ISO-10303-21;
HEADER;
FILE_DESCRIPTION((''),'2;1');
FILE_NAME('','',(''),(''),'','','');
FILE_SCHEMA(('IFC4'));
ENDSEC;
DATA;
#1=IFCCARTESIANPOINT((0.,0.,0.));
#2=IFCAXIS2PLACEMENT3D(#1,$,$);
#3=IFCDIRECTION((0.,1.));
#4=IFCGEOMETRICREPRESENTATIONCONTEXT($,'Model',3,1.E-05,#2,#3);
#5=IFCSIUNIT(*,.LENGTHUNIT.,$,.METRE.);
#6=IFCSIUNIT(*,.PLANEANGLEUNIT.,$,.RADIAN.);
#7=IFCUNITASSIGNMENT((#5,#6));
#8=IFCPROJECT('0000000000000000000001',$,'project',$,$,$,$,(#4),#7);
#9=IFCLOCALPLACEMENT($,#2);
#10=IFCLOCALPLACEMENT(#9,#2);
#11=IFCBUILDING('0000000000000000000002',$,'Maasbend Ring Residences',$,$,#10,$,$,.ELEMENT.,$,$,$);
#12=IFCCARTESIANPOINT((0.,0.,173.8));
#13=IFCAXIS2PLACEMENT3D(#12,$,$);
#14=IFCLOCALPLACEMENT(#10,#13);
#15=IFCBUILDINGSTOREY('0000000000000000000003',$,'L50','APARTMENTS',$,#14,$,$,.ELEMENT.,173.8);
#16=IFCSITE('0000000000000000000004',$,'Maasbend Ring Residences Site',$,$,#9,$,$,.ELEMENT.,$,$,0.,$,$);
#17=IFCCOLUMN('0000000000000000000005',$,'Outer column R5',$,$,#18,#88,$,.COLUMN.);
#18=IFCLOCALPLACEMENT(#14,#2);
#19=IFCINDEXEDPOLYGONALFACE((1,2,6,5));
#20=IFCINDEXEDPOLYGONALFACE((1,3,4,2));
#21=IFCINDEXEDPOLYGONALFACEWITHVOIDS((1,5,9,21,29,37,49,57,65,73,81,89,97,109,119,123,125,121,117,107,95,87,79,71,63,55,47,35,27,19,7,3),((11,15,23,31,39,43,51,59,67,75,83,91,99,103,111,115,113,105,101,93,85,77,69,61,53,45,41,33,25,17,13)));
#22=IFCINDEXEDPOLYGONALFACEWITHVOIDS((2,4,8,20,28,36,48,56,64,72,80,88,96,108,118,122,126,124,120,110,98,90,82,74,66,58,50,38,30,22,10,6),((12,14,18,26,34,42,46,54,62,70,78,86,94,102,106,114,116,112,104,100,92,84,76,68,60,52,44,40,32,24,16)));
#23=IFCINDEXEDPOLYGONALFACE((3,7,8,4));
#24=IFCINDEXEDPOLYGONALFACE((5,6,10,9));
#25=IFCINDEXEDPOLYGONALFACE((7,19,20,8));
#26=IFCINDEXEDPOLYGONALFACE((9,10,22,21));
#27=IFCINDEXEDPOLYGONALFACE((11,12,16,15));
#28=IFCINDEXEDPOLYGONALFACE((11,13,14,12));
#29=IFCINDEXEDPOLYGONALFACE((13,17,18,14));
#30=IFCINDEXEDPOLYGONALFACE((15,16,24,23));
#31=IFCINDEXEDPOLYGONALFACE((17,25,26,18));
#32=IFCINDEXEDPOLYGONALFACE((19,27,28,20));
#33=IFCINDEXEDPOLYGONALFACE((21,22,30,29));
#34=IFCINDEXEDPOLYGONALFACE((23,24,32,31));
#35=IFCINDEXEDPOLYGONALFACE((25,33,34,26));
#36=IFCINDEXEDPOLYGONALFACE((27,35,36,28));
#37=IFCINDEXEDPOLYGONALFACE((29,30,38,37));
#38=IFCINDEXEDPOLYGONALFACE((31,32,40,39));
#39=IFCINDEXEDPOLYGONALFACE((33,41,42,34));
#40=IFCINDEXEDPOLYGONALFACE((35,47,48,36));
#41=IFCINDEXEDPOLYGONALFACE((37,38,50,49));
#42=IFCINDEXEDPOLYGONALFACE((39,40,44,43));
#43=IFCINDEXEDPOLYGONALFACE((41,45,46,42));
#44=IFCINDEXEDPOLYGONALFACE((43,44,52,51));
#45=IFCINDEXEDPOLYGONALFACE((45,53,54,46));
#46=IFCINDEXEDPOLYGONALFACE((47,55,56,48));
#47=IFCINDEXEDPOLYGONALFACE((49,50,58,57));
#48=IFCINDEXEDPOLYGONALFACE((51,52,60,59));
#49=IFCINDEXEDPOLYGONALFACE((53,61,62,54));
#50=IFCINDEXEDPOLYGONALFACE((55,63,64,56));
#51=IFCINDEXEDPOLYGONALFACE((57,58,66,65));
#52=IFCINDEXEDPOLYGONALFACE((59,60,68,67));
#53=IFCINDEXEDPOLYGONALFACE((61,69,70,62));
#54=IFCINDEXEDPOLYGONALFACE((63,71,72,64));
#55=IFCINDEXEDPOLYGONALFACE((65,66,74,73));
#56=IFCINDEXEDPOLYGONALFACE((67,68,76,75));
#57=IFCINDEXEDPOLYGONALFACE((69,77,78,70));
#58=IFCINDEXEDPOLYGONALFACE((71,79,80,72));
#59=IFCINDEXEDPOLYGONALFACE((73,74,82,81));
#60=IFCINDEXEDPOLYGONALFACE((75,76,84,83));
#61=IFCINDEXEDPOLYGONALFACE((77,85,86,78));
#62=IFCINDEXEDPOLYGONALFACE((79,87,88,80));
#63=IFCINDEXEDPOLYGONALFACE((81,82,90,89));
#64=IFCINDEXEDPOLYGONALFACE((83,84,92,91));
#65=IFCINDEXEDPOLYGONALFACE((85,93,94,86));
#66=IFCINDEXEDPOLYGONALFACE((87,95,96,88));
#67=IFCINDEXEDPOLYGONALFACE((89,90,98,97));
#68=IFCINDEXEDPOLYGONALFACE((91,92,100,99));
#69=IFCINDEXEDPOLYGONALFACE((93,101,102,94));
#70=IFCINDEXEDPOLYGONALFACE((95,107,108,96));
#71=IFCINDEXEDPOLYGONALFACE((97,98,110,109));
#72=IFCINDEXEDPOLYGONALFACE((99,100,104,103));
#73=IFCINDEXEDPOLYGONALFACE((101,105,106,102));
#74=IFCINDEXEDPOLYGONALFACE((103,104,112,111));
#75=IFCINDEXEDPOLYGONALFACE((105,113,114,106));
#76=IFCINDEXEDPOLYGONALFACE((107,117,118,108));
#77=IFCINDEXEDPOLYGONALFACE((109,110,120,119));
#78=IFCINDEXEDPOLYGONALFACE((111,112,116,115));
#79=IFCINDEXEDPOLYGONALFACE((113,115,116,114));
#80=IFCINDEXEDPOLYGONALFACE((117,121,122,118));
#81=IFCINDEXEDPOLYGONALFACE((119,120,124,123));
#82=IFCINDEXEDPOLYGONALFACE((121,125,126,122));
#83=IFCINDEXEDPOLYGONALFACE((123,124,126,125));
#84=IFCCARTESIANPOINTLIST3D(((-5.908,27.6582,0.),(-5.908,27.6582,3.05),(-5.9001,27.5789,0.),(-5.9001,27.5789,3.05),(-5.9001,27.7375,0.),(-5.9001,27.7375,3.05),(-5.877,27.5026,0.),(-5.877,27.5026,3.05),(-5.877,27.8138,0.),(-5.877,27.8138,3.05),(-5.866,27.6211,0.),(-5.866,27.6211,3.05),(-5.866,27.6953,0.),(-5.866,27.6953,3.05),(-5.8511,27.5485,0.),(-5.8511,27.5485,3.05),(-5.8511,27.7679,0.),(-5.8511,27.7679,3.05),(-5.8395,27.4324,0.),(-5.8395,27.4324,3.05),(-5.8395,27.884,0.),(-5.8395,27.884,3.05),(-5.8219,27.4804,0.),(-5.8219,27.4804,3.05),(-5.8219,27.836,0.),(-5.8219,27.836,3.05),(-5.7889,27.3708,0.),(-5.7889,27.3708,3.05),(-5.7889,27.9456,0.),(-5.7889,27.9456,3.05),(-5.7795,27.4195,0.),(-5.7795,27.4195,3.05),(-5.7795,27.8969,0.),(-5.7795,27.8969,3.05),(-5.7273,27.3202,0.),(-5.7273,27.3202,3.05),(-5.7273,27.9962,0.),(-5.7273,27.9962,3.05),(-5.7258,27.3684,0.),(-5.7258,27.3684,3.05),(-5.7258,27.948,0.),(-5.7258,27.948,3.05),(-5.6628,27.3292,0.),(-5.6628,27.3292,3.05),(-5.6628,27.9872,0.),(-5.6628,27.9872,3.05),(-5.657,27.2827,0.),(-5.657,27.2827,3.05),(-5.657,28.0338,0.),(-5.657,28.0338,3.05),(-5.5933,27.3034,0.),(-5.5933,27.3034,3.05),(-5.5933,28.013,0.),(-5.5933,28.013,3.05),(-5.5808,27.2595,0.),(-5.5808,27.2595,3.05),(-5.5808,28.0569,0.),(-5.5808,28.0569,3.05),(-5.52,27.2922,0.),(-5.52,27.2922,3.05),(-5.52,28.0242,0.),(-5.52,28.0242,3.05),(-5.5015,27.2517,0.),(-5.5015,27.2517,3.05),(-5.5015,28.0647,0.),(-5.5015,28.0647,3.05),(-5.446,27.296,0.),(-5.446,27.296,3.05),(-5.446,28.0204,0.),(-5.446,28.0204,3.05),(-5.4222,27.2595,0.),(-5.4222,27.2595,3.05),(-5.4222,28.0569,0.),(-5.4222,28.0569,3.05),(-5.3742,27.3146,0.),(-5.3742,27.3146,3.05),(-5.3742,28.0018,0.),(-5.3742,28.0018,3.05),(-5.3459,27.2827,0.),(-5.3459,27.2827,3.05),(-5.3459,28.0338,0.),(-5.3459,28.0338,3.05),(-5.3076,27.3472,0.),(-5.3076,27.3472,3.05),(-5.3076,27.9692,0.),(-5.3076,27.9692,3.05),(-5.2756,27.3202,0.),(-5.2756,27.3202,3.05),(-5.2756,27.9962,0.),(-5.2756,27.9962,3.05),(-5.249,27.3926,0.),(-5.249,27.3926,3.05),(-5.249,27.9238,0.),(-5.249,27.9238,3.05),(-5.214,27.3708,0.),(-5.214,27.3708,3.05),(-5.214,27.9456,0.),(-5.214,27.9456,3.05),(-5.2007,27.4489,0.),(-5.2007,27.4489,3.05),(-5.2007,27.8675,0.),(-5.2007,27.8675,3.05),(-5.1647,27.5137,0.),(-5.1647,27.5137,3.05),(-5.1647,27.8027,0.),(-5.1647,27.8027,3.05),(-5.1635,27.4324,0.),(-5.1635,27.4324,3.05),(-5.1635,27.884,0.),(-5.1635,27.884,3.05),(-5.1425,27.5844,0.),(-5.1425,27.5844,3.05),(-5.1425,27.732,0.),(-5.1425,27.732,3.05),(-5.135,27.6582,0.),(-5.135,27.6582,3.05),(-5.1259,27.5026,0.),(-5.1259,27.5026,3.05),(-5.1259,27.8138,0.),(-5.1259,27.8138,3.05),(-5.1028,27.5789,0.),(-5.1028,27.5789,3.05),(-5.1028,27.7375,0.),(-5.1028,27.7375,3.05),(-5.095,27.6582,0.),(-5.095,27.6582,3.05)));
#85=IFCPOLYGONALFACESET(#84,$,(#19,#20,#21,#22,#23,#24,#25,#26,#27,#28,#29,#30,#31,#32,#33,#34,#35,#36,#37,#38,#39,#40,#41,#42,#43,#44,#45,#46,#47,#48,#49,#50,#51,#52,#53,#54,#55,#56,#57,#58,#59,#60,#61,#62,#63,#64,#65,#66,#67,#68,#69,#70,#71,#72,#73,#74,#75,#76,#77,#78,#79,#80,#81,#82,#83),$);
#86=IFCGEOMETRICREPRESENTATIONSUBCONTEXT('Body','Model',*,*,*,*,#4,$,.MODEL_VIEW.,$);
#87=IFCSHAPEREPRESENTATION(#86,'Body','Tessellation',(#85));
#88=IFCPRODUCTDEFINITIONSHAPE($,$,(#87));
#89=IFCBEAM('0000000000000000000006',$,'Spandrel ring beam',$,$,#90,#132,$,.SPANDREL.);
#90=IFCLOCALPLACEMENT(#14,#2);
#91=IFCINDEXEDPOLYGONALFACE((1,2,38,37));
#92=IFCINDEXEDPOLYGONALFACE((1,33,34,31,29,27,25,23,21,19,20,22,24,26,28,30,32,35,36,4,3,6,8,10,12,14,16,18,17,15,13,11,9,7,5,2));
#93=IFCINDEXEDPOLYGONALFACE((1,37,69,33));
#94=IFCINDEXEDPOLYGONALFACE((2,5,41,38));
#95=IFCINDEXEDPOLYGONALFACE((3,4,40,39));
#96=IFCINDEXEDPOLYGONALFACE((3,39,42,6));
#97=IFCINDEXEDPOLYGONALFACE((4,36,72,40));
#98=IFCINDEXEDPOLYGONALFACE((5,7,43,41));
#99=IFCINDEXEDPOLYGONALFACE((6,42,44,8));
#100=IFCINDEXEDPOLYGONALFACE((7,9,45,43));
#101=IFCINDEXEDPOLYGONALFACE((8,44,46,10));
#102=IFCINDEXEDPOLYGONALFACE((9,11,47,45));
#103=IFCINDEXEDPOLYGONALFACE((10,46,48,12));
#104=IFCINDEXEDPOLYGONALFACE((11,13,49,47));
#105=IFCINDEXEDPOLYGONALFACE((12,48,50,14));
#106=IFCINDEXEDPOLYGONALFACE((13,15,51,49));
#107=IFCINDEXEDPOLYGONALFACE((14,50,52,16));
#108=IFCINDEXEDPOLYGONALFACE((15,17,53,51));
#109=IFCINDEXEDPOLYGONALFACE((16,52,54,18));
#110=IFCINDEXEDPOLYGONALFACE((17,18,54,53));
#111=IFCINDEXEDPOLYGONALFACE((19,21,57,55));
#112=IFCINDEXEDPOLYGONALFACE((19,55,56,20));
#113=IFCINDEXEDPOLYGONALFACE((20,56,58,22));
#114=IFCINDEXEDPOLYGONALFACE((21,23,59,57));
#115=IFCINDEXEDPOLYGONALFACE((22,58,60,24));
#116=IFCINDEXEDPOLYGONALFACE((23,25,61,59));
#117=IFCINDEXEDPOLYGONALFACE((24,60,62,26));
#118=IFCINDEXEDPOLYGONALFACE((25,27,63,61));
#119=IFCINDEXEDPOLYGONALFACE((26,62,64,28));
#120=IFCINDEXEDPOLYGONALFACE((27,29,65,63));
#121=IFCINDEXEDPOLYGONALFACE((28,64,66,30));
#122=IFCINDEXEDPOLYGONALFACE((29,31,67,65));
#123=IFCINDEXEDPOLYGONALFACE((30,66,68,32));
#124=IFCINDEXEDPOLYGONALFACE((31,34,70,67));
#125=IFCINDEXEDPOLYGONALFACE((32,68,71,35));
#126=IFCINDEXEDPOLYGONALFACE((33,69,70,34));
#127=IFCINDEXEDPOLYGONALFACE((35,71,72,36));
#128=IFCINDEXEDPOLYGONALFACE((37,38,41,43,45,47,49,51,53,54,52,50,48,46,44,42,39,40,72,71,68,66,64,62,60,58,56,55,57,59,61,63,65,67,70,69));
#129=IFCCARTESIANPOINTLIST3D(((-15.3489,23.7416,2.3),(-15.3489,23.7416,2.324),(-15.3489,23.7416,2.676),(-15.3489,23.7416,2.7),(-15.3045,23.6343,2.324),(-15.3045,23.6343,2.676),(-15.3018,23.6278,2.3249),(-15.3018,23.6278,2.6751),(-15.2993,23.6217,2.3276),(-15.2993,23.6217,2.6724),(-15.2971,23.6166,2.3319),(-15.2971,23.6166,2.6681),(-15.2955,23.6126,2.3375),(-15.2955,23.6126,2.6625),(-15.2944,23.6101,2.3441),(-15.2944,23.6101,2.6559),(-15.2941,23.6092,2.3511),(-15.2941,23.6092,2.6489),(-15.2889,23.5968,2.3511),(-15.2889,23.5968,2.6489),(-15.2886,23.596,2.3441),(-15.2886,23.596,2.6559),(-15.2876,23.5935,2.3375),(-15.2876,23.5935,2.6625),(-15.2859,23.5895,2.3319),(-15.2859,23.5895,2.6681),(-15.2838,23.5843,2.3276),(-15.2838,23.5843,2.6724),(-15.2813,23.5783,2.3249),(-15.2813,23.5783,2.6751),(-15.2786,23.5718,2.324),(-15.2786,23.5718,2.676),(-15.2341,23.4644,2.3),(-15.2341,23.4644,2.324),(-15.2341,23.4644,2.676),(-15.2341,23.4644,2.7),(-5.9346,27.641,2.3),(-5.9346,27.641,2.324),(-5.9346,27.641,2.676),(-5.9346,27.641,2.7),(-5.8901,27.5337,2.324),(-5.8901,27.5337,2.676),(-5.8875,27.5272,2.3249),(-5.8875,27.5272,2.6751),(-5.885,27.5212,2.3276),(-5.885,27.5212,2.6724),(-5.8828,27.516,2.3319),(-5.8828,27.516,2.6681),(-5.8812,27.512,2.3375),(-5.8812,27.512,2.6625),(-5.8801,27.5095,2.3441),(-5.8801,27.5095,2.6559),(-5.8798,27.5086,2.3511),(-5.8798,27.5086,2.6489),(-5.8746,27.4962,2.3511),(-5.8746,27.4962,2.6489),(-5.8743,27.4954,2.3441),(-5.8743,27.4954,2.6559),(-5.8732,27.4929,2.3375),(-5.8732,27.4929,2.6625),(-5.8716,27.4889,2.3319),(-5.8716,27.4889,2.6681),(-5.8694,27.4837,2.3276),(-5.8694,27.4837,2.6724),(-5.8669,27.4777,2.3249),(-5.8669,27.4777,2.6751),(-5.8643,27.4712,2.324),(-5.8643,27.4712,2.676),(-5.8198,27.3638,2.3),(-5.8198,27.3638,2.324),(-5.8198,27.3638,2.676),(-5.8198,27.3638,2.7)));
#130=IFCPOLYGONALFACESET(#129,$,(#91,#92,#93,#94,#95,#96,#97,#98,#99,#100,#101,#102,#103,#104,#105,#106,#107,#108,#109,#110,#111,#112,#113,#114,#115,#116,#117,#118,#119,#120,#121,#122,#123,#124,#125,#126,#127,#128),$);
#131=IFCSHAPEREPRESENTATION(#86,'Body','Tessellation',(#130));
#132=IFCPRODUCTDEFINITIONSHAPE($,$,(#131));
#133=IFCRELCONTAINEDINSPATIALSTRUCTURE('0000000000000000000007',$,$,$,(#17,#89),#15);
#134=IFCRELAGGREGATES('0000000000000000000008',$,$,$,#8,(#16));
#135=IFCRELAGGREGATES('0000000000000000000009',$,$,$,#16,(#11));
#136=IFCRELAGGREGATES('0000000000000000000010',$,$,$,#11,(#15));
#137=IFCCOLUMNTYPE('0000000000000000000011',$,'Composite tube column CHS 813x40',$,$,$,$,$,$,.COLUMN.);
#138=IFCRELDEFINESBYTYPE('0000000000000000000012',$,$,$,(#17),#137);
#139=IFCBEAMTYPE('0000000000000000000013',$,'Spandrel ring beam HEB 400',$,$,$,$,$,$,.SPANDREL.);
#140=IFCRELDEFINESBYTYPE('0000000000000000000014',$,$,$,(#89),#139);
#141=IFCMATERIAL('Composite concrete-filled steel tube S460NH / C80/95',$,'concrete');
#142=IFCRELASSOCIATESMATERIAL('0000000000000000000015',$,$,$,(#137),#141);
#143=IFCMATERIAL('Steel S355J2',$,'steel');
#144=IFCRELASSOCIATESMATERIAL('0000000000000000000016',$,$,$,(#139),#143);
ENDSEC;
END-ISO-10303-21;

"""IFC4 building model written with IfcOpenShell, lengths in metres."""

from ifc_helpers import new_model, si_unit, direction, frame, origin, origin_2d, place, context, subcontext, project, spatial, hollow_circle, i_section, extrude, material, material_profile, profile_set, type_object, element, save


model = new_model("IFC4")

# Units and contexts
model_context = context("Model", 3, precision=1e-05, world=origin(), true_north=direction((0.0, 1.0)))
body_context = subcontext(model_context, "Body", "Model", "MODEL_VIEW")
ifc_project = project(units=[si_unit("LENGTHUNIT", "METRE"), si_unit("PLANEANGLEUNIT", "RADIAN")], contexts=[model_context])

# Site, building, storey
site_placement = place(None, origin())
site = spatial("IfcSite", under=ifc_project, at=site_placement, Name="Maasbend Ring Residences Site", CompositionType="ELEMENT", RefElevation=0.0)
building_placement = place(site_placement, origin())
building = spatial("IfcBuilding", under=site, at=building_placement, Name="Maasbend Ring Residences", CompositionType="ELEMENT")
storey_placement = place(building_placement, frame((0.0, 0.0, 173.8)))
storey = spatial("IfcBuildingStorey", under=building, at=storey_placement, Name="L50", Description="APARTMENTS", CompositionType="ELEMENT", Elevation=173.8)

# Column
ifc_material_1 = material(Name="Composite concrete-filled steel tube S460NH / C80/95", Category="concrete")
ifc_material_profile_1 = material_profile(ifc_material_1, hollow_circle(Radius=0.4065, WallThickness=0.04, at=origin_2d()), Name="Composite tube column CHS 813x40")
ifc_profile_set_1 = profile_set([ifc_material_profile_1], Name="Composite concrete-filled steel tube S460NH / C80/95")
column_type = type_object("IfcColumnType", Name="Composite tube column CHS 813x40", PredefinedType="COLUMN", material=ifc_profile_set_1)
column_placement = place(storey_placement, frame((-5.5015, 27.6582, 0.0), z_axis=(0.0, 0.0, 1.0), x_axis=(1.0, 0.0, 0.0)))
element("IfcColumn", 1, at=column_placement, inside=storey, type_object=column_type, Name="Outer column R5", PredefinedType="COLUMN", context=body_context, shape_type="SweptSolid", body=[
    extrude(hollow_circle(Radius=0.4065, WallThickness=0.04, at=origin_2d()), origin(), (0.0, 0.0, 1.0), 3.05),
])

# Beam
ifc_material_2 = material(Name="Steel S355J2", Category="steel")
ifc_material_profile_2 = material_profile(ifc_material_2, i_section(OverallWidth=0.3, OverallDepth=0.3999, WebThickness=0.0134, FlangeThickness=0.0239, FilletRadius=0.0271, at=origin_2d()), Name="HEB 400")
ifc_profile_set_2 = profile_set([ifc_material_profile_2], Name="Steel S355J2")
beam_type = type_object("IfcBeamType", Name="Spandrel ring beam HEB 400", PredefinedType="SPANDREL", material=ifc_profile_set_2)
beam_placement = place(storey_placement, frame((-5.8772, 27.5024, 2.5), z_axis=(-0.923884, -0.382673, 0.0), x_axis=(0.382673, -0.923884, 0.0)))
element("IfcBeam", 2, at=beam_placement, inside=storey, type_object=beam_type, Name="Spandrel ring beam", PredefinedType="SPANDREL", context=body_context, shape_type="SweptSolid", body=[
    extrude(i_section(OverallWidth=0.3, OverallDepth=0.3999, WebThickness=0.0134, FlangeThickness=0.0239, FilletRadius=0.0271, at=origin_2d()), origin(), (0.0, 0.0, 1.0), 10.1899),
])

save(model, "model.ifc")
